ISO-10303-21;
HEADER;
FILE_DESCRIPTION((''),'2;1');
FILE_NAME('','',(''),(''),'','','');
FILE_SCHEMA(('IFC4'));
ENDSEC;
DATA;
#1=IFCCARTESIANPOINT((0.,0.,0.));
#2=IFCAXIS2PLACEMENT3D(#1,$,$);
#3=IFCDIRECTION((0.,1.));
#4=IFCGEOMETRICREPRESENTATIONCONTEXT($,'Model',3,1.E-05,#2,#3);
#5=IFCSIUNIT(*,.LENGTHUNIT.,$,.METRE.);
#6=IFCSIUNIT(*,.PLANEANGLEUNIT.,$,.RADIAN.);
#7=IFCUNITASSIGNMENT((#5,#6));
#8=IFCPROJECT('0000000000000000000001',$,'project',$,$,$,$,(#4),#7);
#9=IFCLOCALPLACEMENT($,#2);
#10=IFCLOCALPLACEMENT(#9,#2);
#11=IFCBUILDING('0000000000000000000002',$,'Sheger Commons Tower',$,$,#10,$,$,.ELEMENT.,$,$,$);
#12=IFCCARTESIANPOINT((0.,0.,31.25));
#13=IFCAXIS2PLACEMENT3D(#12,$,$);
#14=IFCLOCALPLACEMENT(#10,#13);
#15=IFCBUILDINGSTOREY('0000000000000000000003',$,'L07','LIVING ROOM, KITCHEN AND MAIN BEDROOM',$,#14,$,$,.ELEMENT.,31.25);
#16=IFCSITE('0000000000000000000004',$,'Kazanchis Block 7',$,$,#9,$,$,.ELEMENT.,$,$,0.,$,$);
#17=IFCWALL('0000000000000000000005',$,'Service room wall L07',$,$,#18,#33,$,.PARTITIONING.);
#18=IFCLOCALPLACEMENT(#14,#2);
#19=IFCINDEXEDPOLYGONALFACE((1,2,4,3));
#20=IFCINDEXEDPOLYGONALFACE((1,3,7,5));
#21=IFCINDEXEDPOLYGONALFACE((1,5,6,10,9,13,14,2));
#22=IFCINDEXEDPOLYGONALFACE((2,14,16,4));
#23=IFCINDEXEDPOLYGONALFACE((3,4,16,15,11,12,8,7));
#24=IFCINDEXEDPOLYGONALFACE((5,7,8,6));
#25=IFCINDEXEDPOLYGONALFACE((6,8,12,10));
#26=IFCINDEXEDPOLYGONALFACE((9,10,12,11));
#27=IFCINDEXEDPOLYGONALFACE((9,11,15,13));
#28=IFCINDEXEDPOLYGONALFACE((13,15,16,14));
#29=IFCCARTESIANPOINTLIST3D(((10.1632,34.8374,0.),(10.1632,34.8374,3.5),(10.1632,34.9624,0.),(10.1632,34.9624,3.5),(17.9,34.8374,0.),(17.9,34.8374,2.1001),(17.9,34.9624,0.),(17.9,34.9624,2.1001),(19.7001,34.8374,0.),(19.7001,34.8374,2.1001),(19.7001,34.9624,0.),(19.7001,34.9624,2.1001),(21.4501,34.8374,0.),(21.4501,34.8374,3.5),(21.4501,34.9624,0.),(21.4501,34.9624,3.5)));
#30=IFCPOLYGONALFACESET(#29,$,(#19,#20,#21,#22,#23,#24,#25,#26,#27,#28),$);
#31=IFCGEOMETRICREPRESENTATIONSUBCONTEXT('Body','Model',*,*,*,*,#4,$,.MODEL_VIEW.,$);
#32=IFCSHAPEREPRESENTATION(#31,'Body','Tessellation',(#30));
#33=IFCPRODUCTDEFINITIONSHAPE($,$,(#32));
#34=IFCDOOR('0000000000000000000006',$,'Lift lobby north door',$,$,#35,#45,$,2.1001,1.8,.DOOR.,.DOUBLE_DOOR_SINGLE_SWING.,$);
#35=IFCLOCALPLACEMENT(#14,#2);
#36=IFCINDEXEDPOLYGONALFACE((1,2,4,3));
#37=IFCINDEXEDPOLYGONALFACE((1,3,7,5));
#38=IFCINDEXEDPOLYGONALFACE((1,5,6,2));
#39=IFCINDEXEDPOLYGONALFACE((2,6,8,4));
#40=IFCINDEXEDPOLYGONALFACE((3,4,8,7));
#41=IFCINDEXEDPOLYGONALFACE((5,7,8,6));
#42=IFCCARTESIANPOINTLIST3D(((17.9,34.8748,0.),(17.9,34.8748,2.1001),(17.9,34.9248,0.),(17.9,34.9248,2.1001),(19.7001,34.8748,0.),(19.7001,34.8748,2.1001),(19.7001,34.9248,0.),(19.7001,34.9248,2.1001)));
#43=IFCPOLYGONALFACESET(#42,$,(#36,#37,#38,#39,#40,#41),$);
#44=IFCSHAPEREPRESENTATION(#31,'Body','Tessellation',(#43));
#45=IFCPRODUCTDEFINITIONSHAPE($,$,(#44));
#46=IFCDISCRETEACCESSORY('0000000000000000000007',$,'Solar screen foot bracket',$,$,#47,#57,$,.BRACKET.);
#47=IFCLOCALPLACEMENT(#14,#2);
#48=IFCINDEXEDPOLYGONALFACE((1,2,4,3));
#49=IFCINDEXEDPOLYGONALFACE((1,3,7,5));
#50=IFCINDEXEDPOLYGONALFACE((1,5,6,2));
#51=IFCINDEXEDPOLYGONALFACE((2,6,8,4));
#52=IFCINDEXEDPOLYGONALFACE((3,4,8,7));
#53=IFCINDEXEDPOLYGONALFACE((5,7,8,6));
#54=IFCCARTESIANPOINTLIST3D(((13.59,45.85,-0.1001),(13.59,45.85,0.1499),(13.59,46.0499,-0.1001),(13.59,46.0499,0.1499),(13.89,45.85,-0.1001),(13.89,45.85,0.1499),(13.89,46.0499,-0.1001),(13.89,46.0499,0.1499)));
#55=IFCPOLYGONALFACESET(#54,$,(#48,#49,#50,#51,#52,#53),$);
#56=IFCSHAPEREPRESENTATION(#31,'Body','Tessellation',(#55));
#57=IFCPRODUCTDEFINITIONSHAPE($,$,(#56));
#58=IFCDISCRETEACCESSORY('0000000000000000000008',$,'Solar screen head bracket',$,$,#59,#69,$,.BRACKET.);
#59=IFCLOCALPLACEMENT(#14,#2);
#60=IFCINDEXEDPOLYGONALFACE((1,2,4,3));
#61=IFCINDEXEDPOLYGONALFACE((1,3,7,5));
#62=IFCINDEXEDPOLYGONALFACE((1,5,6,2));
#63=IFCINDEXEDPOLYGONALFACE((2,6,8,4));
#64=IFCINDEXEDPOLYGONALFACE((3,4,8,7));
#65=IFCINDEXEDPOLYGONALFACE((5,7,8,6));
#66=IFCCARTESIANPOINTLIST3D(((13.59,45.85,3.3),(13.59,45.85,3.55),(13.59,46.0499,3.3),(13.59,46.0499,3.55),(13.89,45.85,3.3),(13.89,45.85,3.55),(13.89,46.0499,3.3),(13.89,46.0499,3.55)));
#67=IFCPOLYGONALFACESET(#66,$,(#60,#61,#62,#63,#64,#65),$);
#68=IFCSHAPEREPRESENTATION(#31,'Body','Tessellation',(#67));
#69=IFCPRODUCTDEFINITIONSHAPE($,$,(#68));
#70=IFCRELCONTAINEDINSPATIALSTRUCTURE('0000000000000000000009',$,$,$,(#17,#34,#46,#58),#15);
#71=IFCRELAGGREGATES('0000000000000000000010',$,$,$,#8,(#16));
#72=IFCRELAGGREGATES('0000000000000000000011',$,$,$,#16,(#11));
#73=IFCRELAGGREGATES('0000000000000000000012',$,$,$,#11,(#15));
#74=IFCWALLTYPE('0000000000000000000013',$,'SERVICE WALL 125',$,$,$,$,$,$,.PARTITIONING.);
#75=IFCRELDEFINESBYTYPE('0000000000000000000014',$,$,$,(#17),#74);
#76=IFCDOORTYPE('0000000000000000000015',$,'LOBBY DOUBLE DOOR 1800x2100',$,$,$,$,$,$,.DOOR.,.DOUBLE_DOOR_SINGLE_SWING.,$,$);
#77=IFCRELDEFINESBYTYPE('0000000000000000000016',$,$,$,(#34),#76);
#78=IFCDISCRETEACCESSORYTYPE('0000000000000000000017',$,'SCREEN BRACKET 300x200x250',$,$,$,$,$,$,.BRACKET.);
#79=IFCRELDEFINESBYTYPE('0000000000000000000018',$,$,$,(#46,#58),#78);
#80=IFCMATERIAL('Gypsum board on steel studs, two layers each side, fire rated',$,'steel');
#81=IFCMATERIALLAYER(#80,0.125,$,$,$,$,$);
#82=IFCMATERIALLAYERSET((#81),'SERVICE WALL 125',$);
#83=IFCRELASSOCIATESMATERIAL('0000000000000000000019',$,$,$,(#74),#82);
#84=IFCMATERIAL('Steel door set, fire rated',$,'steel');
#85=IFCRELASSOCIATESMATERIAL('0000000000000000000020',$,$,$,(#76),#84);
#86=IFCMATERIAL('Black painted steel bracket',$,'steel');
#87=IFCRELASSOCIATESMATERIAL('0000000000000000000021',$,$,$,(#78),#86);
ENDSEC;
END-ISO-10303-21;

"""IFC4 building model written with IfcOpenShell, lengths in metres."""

from ifc_helpers import new_model, si_unit, direction, frame, frame_2d, origin, origin_2d, place, context, subcontext, project, spatial, rectangle, extrude, material, layer, layer_set, type_object, element, fill, save


model = new_model("IFC4")

# Units and contexts
model_context = context("Model", 3, precision=1e-05, world=origin(), true_north=direction((0.0, 1.0)))
body_context = subcontext(model_context, "Body", "Model", "MODEL_VIEW")
ifc_project = project(units=[si_unit("LENGTHUNIT", "METRE"), si_unit("PLANEANGLEUNIT", "RADIAN")], contexts=[model_context])

# Site, building, storey
site_placement = place(None, origin())
site = spatial("IfcSite", under=ifc_project, at=site_placement, Name="Kazanchis Block 7", CompositionType="ELEMENT", RefElevation=0.0)
building_placement = place(site_placement, origin())
building = spatial("IfcBuilding", under=site, at=building_placement, Name="Sheger Commons Tower", CompositionType="ELEMENT")
storey_placement = place(building_placement, frame((0.0, 0.0, 31.25)))
storey = spatial("IfcBuildingStorey", under=building, at=storey_placement, Name="L07", Description="LIVING ROOM, KITCHEN AND MAIN BEDROOM", CompositionType="ELEMENT", Elevation=31.25)

# Wall, opening, door
ifc_material_1 = material(Name="Gypsum board on steel studs, two layers each side, fire rated", Category="steel")
ifc_layer_1 = layer(ifc_material_1, 0.125)
ifc_layer_set_1 = layer_set([ifc_layer_1], Name="SERVICE WALL 125")
wall_type_1 = type_object("IfcWallType", Name="SERVICE WALL 125", PredefinedType="PARTITIONING", material=ifc_layer_set_1)
wall_1_placement = place(storey_placement, frame((10.1631, 34.8999, 0.0), z_axis=(0.0, 0.0, 1.0), x_axis=(1.0, 0.0, 0.0)))
wall_1 = element("IfcWall", 1, at=wall_1_placement, inside=storey, type_object=wall_type_1, Name="Service room wall L07", PredefinedType="PARTITIONING", context=body_context, shape_type="SweptSolid", body=[
    extrude(rectangle(XDim=11.2869, YDim=0.125, at=frame_2d((5.6436, 0.0))), origin(), (0.0, 0.0, 1.0), 3.5),
])
opening_1_placement = place(wall_1_placement, frame((7.7371, 0.0, 0.0)))
opening_1 = element("IfcOpeningElement", 2, at=opening_1_placement, cuts=wall_1, PredefinedType="OPENING", context=body_context, shape_type="SweptSolid", body=[
    extrude(rectangle(XDim=1.8, YDim=2.1001, at=frame_2d((0.8999, 1.05))), frame((0.0, 0.0725, 0.0), z_axis=(0.0, -1.0, 0.0), x_axis=(1.0, 0.0, 0.0)), (0.0, 0.0, 1.0), 0.145),
])
ifc_material_2 = material(Name="Steel door set, fire rated", Category="steel")
door_type_1 = type_object("IfcDoorType", Name="LOBBY DOUBLE DOOR 1800x2100", OperationType="DOUBLE_DOOR_SINGLE_SWING", PredefinedType="DOOR", material=ifc_material_2)
door_1_placement = place(opening_1_placement, origin())
door_1 = element("IfcDoor", 3, at=door_1_placement, inside=storey, type_object=door_type_1, Name="Lift lobby north door", OperationType="DOUBLE_DOOR_SINGLE_SWING", OverallHeight=2.1001, OverallWidth=1.8, PredefinedType="DOOR", context=body_context, shape_type="SweptSolid", body=[
    extrude(rectangle(XDim=1.8, YDim=2.1001, at=frame_2d((0.8999, 1.05))), frame((0.0, 0.0249, 0.0), z_axis=(0.0, -1.0, 0.0), x_axis=(1.0, 0.0, 0.0)), (0.0, 0.0, 1.0), 0.05),
])
fill(opening_1, door_1)

# Discrete accessories
ifc_material_3 = material(Name="Black painted steel bracket", Category="steel")
discrete_accessory_type = type_object("IfcDiscreteAccessoryType", Name="SCREEN BRACKET 300x200x250", PredefinedType="BRACKET", material=ifc_material_3)
for number, where, z_axis, x_axis, name in (
    (4, (13.74, 45.95, -0.1001), (0.0, 0.0, 1.0), (-1.0, 0.0, 0.0), "Solar screen foot bracket"),
    (5, (13.74, 45.95, 3.3), (0.0, 0.0, 1.0), (-1.0, 0.0, 0.0), "Solar screen head bracket"),
):
    element("IfcDiscreteAccessory", number, at=place(storey_placement, frame(where, z_axis=z_axis, x_axis=x_axis)), inside=storey, type_object=discrete_accessory_type, Name=name, PredefinedType="BRACKET", context=body_context, shape_type="SweptSolid", body=[
        extrude(rectangle(XDim=0.3, YDim=0.2, at=origin_2d()), origin(), (0.0, 0.0, 1.0), 0.25),
    ])

save(model, "model.ifc")
